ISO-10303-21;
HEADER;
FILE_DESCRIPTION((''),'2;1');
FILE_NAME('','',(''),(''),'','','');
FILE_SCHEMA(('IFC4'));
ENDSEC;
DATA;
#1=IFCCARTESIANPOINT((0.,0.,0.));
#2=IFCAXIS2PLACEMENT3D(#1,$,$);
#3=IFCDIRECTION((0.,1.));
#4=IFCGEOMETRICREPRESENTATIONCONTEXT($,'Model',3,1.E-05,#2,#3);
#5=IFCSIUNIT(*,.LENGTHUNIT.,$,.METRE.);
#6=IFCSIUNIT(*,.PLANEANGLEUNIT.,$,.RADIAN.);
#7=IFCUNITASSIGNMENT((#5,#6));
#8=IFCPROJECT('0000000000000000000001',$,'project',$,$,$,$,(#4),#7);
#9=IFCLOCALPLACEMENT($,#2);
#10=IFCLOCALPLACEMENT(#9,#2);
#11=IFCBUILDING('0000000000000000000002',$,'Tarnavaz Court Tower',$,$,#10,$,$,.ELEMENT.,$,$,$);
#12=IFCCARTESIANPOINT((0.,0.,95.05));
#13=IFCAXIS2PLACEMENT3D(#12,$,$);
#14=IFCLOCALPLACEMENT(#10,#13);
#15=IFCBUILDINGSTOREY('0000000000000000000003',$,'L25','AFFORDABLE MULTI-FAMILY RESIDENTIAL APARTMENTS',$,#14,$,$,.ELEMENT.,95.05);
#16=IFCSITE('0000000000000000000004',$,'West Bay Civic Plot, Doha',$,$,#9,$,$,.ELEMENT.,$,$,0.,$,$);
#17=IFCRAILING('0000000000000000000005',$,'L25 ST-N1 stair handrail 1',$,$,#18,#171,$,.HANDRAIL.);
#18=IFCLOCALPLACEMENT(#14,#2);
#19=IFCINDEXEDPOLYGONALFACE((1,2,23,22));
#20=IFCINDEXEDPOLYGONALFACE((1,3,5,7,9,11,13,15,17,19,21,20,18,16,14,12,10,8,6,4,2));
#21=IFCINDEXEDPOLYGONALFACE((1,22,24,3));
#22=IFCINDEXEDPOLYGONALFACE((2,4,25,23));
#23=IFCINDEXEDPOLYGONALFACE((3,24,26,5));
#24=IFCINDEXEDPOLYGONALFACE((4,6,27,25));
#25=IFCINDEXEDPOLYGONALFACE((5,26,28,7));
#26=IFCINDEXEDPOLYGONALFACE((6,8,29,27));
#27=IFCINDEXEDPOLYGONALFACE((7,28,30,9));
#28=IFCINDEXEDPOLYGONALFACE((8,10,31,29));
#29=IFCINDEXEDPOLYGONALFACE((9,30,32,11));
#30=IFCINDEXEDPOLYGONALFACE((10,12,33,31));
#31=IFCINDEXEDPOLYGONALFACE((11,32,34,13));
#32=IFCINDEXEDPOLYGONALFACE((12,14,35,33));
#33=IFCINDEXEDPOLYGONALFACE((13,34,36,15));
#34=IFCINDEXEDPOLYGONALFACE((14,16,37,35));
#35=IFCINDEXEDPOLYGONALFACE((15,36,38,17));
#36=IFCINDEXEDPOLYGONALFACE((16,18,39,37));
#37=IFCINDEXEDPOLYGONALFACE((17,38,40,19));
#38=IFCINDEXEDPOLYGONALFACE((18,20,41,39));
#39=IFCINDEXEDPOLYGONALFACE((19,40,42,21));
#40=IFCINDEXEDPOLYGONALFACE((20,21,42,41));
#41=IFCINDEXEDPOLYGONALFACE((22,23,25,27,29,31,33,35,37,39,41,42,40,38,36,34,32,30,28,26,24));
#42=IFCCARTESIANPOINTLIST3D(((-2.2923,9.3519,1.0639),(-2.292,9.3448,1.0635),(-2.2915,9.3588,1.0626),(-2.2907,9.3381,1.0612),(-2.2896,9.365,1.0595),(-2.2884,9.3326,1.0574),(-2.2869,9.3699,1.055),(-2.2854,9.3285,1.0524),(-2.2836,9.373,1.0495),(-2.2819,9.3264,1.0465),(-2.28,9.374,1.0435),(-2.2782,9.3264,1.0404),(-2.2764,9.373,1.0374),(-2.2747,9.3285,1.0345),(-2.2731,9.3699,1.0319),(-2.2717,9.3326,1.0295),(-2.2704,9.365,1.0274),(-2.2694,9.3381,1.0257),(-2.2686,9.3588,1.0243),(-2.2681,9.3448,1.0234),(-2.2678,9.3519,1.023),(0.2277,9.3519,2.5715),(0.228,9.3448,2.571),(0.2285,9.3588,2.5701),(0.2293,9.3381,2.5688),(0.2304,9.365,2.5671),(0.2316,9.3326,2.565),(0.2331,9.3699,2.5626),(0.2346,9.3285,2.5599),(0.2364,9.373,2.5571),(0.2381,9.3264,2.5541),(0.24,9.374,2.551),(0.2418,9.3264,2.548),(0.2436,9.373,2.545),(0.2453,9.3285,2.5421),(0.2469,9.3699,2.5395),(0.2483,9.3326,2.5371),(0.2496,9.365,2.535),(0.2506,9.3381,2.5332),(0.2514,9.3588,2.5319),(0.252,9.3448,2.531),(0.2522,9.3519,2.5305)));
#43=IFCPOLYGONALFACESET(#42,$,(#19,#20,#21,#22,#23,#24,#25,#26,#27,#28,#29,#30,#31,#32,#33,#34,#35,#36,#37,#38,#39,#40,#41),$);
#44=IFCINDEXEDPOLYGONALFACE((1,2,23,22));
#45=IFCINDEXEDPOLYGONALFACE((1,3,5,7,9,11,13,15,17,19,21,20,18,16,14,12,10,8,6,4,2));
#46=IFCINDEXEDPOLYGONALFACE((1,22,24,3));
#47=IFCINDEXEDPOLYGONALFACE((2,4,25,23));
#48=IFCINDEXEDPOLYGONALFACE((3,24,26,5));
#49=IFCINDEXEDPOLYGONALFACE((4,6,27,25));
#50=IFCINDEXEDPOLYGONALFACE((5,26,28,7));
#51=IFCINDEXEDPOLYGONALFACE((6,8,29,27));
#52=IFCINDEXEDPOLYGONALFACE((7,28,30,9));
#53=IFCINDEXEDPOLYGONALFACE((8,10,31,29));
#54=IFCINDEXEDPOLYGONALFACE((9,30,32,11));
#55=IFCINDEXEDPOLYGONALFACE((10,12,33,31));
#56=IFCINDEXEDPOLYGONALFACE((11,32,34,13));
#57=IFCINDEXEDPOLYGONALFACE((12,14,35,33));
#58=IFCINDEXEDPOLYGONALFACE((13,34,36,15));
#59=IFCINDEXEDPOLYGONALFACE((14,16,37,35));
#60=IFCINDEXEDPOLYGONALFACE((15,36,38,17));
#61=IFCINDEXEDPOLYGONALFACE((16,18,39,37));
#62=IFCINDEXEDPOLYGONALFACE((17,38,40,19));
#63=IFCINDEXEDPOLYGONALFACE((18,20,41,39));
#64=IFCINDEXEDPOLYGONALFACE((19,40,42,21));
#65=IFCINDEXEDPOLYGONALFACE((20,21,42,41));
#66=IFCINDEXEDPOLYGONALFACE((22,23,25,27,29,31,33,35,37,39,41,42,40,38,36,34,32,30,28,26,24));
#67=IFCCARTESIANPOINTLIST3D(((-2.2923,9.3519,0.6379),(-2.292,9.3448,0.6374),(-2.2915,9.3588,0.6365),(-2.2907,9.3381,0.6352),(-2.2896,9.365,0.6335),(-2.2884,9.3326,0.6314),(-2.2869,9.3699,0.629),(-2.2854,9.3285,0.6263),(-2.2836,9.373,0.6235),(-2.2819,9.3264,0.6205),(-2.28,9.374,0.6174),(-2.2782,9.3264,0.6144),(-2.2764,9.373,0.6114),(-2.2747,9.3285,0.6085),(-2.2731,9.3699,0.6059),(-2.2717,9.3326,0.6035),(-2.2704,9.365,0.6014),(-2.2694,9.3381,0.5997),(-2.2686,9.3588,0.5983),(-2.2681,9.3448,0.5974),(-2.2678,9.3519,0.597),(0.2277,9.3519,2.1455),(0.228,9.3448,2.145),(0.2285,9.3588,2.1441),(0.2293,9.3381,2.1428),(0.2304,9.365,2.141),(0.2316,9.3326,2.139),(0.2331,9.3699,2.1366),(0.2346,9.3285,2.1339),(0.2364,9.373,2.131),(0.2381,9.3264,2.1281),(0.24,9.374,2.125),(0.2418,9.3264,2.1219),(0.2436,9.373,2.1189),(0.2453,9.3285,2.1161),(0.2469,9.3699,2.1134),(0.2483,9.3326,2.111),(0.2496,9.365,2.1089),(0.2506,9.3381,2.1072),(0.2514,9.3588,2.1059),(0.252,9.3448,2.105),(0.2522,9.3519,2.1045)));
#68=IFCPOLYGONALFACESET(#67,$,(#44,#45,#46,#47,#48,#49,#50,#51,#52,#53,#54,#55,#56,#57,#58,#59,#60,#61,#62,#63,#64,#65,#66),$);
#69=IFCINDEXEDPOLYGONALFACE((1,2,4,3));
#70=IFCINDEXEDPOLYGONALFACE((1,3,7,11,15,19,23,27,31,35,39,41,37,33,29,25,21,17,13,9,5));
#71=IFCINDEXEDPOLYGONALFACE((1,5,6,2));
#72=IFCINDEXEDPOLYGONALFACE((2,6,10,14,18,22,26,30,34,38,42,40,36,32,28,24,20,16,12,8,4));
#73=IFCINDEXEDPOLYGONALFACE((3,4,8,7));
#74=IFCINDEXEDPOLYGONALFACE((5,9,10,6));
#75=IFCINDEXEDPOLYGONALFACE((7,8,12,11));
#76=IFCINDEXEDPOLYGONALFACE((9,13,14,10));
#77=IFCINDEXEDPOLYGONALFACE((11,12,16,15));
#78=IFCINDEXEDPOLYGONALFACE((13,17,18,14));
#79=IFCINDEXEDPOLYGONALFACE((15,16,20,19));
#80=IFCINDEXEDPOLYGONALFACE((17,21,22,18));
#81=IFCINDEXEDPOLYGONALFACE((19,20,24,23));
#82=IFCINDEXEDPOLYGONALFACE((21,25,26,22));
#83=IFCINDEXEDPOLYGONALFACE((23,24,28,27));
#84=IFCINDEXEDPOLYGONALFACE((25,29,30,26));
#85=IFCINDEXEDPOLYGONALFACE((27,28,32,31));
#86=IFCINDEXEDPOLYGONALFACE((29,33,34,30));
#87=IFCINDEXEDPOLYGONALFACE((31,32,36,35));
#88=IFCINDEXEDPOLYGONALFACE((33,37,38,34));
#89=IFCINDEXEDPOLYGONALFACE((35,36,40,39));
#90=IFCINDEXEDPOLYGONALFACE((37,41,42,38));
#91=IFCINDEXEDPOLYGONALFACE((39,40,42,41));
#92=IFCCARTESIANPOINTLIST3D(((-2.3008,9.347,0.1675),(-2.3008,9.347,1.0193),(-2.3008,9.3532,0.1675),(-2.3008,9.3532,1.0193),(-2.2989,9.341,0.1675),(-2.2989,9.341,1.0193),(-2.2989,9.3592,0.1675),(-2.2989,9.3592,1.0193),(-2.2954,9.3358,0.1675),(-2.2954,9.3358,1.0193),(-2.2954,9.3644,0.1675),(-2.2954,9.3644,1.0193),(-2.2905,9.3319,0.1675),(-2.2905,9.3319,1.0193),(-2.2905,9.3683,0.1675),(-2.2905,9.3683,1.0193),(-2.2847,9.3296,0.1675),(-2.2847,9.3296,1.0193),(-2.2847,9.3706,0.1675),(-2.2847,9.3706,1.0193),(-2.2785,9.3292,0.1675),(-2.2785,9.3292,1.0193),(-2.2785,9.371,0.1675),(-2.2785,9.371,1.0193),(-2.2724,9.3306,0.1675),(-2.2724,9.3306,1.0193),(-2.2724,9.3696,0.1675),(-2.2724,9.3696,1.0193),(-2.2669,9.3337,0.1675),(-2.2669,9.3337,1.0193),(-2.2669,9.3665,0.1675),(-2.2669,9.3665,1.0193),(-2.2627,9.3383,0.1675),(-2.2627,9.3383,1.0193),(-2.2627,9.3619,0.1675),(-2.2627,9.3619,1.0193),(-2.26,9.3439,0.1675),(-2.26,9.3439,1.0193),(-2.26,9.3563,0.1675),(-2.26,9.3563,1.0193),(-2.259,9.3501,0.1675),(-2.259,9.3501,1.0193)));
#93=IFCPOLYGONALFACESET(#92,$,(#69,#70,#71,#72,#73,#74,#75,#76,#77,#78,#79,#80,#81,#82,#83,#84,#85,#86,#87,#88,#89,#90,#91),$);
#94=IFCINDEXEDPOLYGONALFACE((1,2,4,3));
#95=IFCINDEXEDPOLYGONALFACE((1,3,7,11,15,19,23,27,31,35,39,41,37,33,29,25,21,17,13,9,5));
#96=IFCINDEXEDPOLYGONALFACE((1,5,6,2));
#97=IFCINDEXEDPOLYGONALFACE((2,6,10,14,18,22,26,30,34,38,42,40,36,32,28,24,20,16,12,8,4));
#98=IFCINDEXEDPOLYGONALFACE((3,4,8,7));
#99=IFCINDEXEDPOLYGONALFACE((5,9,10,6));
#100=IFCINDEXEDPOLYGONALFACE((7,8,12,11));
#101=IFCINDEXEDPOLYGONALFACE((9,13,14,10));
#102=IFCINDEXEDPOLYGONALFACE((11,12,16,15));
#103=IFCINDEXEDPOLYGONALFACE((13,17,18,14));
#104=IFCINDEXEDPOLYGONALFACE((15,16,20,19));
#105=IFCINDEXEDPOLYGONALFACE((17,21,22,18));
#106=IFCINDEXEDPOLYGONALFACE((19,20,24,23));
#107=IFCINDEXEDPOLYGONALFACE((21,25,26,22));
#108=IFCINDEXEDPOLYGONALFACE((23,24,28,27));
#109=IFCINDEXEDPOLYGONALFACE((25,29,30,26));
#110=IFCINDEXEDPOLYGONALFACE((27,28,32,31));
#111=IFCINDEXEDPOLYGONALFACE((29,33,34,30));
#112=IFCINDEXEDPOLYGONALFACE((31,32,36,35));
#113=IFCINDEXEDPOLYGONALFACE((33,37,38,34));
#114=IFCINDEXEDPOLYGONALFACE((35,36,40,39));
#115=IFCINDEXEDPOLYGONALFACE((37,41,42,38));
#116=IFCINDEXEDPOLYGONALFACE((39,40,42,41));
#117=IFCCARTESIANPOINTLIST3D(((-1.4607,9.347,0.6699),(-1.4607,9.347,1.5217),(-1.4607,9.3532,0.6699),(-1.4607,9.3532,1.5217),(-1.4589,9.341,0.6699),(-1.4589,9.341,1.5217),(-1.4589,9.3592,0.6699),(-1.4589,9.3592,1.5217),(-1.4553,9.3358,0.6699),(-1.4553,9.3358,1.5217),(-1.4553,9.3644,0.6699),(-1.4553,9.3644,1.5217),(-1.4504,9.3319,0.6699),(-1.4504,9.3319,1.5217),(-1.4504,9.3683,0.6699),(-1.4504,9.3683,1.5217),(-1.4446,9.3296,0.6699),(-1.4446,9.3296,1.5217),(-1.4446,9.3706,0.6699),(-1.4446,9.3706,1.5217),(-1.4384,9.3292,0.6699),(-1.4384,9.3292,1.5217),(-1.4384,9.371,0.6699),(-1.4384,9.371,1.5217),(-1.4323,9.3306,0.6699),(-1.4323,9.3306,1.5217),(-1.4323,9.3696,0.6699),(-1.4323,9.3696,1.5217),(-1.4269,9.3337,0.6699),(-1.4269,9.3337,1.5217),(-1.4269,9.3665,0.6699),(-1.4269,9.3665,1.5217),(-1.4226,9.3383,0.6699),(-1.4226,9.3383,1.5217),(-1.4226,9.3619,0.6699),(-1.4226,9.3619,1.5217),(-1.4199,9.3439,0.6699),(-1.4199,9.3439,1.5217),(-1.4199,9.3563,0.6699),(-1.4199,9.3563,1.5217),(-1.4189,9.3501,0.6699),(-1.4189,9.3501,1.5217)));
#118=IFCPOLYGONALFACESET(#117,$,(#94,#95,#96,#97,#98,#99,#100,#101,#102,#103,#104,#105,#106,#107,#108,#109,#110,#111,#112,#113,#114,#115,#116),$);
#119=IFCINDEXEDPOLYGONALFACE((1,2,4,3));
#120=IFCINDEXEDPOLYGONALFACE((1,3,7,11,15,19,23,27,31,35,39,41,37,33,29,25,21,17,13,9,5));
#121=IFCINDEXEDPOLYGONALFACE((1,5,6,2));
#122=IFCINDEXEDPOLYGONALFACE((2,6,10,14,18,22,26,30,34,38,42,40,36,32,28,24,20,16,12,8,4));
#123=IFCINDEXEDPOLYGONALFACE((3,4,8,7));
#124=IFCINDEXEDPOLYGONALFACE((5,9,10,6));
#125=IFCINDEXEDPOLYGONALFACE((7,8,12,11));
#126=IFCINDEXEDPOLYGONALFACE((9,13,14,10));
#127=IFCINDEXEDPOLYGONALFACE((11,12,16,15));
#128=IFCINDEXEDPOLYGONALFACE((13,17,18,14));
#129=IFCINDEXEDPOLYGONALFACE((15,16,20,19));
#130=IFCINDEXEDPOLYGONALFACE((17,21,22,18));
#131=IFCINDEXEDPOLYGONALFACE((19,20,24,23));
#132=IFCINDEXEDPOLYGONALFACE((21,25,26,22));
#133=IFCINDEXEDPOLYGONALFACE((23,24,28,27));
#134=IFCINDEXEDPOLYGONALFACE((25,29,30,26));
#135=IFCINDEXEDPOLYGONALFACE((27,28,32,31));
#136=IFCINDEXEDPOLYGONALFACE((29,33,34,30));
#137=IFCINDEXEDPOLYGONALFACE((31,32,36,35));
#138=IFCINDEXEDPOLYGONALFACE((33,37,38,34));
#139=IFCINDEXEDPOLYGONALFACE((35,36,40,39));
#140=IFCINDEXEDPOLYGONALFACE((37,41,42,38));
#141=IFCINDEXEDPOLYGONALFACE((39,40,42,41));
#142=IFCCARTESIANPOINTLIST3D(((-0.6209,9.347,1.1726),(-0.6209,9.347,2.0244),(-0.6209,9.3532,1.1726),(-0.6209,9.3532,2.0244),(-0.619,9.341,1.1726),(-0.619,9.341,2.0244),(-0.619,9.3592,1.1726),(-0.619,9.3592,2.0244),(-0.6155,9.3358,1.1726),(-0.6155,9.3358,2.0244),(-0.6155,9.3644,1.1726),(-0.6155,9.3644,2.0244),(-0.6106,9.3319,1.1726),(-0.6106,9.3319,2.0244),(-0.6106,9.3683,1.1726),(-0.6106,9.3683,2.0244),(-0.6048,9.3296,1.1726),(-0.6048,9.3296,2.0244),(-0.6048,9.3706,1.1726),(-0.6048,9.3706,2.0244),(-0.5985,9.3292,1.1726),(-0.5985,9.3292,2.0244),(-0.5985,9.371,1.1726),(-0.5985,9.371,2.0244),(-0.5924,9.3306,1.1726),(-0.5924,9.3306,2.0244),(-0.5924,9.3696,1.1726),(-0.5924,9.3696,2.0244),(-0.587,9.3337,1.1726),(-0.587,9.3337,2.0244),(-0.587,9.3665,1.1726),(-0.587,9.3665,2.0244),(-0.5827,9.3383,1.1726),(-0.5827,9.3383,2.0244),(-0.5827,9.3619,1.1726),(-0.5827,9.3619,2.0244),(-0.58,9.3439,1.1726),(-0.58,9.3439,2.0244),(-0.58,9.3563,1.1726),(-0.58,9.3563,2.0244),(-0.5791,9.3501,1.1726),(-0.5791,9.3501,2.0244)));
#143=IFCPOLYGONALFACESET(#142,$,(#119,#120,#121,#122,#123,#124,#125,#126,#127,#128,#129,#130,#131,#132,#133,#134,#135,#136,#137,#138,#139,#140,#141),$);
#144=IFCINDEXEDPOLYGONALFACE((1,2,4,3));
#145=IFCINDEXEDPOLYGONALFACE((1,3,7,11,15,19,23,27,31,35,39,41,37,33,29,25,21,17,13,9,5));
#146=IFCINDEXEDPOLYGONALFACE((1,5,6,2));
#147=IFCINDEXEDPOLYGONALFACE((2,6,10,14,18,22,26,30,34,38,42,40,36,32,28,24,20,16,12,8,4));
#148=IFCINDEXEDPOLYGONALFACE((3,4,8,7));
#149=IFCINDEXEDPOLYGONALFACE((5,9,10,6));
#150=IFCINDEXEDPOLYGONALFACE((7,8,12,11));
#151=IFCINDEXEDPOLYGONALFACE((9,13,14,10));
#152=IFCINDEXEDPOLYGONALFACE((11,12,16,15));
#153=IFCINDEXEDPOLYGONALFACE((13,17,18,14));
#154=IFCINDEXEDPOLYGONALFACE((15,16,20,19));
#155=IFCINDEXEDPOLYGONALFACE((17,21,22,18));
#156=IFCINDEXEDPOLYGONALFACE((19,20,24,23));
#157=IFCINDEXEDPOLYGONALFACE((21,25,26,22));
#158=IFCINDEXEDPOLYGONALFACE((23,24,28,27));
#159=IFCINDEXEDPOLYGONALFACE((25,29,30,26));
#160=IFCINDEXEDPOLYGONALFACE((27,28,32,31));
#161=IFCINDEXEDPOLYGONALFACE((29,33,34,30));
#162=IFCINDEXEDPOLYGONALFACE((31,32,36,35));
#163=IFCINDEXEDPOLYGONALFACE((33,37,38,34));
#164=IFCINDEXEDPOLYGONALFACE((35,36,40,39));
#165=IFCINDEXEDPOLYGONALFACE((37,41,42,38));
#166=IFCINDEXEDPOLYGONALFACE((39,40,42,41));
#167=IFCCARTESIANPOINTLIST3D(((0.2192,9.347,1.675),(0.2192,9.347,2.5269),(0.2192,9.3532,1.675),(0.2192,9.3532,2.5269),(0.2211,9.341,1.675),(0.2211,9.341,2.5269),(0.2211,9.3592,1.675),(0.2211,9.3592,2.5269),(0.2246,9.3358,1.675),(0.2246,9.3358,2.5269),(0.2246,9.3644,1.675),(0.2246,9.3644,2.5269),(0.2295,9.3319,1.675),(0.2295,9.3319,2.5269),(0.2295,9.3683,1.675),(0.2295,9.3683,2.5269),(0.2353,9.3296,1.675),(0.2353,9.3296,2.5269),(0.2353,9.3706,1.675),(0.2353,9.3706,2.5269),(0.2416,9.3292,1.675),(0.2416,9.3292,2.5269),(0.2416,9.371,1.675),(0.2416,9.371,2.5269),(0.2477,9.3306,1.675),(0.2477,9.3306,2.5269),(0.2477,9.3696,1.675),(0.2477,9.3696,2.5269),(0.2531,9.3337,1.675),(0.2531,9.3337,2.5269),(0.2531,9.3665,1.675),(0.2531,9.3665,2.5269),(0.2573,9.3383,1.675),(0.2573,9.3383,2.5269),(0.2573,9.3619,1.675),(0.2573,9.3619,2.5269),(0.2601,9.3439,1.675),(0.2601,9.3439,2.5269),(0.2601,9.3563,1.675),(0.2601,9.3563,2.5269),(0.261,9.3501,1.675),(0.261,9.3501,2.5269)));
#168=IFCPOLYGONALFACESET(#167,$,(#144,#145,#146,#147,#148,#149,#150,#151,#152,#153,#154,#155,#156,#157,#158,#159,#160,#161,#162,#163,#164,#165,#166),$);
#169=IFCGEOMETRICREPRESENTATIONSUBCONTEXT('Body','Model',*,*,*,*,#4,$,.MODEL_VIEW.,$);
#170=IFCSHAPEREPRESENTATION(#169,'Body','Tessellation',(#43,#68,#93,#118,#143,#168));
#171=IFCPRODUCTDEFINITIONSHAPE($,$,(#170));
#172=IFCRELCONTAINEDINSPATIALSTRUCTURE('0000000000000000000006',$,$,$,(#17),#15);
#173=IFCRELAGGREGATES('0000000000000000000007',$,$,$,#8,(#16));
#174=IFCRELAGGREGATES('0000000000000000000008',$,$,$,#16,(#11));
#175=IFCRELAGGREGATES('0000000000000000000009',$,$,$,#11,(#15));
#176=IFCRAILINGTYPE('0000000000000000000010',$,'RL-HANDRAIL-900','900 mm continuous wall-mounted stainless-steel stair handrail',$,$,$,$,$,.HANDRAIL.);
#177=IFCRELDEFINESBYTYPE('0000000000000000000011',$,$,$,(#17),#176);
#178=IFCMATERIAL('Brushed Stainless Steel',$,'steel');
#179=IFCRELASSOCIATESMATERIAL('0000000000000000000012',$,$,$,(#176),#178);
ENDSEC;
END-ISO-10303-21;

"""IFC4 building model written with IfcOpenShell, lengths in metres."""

from ifc_helpers import new_model, si_unit, direction, frame, origin, origin_2d, place, context, subcontext, project, spatial, circle, extrude, material, type_object, element, save


model = new_model("IFC4")

# Units and contexts
model_context = context("Model", 3, precision=1e-05, world=origin(), true_north=direction((0.0, 1.0)))
body_context = subcontext(model_context, "Body", "Model", "MODEL_VIEW")
ifc_project = project(units=[si_unit("LENGTHUNIT", "METRE"), si_unit("PLANEANGLEUNIT", "RADIAN")], contexts=[model_context])

# Site, building, storey
site_placement = place(None, origin())
site = spatial("IfcSite", under=ifc_project, at=site_placement, Name="West Bay Civic Plot, Doha", CompositionType="ELEMENT", RefElevation=0.0)
building_placement = place(site_placement, origin())
building = spatial("IfcBuilding", under=site, at=building_placement, Name="Tarnavaz Court Tower", CompositionType="ELEMENT")
storey_placement = place(building_placement, frame((0.0, 0.0, 95.05)))
storey = spatial("IfcBuildingStorey", under=building, at=storey_placement, Name="L25", Description="AFFORDABLE MULTI-FAMILY RESIDENTIAL APARTMENTS", CompositionType="ELEMENT", Elevation=95.05)

# Railing
ifc_material_1 = material(Name="Brushed Stainless Steel", Category="steel")
railing_type_1 = type_object("IfcRailingType", Name="RL-HANDRAIL-900", Description="900 mm continuous wall-mounted stainless-steel stair handrail", PredefinedType="HANDRAIL", material=ifc_material_1)
railing_1_placement = place(storey_placement, frame((-2.28, 9.3501, 0.1675)))
element("IfcRailing", 1, at=railing_1_placement, inside=storey, type_object=railing_type_1, Name="L25 ST-N1 stair handrail 1", PredefinedType="HANDRAIL", context=body_context, shape_type="SweptSolid", body=[
    extrude(circle(Radius=0.0239, at=origin_2d()), frame((0.0, 0.0, 0.876), z_axis=(0.85816, 0.0, 0.513383), x_axis=(0.0, 1.0, 0.0)), (0.0, 0.0, 1.0), 2.9365),
    extrude(circle(Radius=0.0239, at=origin_2d()), frame((0.0, 0.0, 0.45), z_axis=(0.85816, 0.0, 0.513383), x_axis=(0.0, 1.0, 0.0)), (0.0, 0.0, 1.0), 2.9365),
    extrude(circle(Radius=0.021, at=origin_2d()), origin(), (0.0, 0.0, 1.0), 0.8518),
    extrude(circle(Radius=0.021, at=origin_2d()), frame((0.8401, 0.0, 0.5024)), (0.0, 0.0, 1.0), 0.8518),
    extrude(circle(Radius=0.021, at=origin_2d()), frame((1.6799, 0.0, 1.0051)), (0.0, 0.0, 1.0), 0.8518),
    extrude(circle(Radius=0.021, at=origin_2d()), frame((2.52, 0.0, 1.5076)), (0.0, 0.0, 1.0), 0.8518),
])

save(model, "model.ifc")
